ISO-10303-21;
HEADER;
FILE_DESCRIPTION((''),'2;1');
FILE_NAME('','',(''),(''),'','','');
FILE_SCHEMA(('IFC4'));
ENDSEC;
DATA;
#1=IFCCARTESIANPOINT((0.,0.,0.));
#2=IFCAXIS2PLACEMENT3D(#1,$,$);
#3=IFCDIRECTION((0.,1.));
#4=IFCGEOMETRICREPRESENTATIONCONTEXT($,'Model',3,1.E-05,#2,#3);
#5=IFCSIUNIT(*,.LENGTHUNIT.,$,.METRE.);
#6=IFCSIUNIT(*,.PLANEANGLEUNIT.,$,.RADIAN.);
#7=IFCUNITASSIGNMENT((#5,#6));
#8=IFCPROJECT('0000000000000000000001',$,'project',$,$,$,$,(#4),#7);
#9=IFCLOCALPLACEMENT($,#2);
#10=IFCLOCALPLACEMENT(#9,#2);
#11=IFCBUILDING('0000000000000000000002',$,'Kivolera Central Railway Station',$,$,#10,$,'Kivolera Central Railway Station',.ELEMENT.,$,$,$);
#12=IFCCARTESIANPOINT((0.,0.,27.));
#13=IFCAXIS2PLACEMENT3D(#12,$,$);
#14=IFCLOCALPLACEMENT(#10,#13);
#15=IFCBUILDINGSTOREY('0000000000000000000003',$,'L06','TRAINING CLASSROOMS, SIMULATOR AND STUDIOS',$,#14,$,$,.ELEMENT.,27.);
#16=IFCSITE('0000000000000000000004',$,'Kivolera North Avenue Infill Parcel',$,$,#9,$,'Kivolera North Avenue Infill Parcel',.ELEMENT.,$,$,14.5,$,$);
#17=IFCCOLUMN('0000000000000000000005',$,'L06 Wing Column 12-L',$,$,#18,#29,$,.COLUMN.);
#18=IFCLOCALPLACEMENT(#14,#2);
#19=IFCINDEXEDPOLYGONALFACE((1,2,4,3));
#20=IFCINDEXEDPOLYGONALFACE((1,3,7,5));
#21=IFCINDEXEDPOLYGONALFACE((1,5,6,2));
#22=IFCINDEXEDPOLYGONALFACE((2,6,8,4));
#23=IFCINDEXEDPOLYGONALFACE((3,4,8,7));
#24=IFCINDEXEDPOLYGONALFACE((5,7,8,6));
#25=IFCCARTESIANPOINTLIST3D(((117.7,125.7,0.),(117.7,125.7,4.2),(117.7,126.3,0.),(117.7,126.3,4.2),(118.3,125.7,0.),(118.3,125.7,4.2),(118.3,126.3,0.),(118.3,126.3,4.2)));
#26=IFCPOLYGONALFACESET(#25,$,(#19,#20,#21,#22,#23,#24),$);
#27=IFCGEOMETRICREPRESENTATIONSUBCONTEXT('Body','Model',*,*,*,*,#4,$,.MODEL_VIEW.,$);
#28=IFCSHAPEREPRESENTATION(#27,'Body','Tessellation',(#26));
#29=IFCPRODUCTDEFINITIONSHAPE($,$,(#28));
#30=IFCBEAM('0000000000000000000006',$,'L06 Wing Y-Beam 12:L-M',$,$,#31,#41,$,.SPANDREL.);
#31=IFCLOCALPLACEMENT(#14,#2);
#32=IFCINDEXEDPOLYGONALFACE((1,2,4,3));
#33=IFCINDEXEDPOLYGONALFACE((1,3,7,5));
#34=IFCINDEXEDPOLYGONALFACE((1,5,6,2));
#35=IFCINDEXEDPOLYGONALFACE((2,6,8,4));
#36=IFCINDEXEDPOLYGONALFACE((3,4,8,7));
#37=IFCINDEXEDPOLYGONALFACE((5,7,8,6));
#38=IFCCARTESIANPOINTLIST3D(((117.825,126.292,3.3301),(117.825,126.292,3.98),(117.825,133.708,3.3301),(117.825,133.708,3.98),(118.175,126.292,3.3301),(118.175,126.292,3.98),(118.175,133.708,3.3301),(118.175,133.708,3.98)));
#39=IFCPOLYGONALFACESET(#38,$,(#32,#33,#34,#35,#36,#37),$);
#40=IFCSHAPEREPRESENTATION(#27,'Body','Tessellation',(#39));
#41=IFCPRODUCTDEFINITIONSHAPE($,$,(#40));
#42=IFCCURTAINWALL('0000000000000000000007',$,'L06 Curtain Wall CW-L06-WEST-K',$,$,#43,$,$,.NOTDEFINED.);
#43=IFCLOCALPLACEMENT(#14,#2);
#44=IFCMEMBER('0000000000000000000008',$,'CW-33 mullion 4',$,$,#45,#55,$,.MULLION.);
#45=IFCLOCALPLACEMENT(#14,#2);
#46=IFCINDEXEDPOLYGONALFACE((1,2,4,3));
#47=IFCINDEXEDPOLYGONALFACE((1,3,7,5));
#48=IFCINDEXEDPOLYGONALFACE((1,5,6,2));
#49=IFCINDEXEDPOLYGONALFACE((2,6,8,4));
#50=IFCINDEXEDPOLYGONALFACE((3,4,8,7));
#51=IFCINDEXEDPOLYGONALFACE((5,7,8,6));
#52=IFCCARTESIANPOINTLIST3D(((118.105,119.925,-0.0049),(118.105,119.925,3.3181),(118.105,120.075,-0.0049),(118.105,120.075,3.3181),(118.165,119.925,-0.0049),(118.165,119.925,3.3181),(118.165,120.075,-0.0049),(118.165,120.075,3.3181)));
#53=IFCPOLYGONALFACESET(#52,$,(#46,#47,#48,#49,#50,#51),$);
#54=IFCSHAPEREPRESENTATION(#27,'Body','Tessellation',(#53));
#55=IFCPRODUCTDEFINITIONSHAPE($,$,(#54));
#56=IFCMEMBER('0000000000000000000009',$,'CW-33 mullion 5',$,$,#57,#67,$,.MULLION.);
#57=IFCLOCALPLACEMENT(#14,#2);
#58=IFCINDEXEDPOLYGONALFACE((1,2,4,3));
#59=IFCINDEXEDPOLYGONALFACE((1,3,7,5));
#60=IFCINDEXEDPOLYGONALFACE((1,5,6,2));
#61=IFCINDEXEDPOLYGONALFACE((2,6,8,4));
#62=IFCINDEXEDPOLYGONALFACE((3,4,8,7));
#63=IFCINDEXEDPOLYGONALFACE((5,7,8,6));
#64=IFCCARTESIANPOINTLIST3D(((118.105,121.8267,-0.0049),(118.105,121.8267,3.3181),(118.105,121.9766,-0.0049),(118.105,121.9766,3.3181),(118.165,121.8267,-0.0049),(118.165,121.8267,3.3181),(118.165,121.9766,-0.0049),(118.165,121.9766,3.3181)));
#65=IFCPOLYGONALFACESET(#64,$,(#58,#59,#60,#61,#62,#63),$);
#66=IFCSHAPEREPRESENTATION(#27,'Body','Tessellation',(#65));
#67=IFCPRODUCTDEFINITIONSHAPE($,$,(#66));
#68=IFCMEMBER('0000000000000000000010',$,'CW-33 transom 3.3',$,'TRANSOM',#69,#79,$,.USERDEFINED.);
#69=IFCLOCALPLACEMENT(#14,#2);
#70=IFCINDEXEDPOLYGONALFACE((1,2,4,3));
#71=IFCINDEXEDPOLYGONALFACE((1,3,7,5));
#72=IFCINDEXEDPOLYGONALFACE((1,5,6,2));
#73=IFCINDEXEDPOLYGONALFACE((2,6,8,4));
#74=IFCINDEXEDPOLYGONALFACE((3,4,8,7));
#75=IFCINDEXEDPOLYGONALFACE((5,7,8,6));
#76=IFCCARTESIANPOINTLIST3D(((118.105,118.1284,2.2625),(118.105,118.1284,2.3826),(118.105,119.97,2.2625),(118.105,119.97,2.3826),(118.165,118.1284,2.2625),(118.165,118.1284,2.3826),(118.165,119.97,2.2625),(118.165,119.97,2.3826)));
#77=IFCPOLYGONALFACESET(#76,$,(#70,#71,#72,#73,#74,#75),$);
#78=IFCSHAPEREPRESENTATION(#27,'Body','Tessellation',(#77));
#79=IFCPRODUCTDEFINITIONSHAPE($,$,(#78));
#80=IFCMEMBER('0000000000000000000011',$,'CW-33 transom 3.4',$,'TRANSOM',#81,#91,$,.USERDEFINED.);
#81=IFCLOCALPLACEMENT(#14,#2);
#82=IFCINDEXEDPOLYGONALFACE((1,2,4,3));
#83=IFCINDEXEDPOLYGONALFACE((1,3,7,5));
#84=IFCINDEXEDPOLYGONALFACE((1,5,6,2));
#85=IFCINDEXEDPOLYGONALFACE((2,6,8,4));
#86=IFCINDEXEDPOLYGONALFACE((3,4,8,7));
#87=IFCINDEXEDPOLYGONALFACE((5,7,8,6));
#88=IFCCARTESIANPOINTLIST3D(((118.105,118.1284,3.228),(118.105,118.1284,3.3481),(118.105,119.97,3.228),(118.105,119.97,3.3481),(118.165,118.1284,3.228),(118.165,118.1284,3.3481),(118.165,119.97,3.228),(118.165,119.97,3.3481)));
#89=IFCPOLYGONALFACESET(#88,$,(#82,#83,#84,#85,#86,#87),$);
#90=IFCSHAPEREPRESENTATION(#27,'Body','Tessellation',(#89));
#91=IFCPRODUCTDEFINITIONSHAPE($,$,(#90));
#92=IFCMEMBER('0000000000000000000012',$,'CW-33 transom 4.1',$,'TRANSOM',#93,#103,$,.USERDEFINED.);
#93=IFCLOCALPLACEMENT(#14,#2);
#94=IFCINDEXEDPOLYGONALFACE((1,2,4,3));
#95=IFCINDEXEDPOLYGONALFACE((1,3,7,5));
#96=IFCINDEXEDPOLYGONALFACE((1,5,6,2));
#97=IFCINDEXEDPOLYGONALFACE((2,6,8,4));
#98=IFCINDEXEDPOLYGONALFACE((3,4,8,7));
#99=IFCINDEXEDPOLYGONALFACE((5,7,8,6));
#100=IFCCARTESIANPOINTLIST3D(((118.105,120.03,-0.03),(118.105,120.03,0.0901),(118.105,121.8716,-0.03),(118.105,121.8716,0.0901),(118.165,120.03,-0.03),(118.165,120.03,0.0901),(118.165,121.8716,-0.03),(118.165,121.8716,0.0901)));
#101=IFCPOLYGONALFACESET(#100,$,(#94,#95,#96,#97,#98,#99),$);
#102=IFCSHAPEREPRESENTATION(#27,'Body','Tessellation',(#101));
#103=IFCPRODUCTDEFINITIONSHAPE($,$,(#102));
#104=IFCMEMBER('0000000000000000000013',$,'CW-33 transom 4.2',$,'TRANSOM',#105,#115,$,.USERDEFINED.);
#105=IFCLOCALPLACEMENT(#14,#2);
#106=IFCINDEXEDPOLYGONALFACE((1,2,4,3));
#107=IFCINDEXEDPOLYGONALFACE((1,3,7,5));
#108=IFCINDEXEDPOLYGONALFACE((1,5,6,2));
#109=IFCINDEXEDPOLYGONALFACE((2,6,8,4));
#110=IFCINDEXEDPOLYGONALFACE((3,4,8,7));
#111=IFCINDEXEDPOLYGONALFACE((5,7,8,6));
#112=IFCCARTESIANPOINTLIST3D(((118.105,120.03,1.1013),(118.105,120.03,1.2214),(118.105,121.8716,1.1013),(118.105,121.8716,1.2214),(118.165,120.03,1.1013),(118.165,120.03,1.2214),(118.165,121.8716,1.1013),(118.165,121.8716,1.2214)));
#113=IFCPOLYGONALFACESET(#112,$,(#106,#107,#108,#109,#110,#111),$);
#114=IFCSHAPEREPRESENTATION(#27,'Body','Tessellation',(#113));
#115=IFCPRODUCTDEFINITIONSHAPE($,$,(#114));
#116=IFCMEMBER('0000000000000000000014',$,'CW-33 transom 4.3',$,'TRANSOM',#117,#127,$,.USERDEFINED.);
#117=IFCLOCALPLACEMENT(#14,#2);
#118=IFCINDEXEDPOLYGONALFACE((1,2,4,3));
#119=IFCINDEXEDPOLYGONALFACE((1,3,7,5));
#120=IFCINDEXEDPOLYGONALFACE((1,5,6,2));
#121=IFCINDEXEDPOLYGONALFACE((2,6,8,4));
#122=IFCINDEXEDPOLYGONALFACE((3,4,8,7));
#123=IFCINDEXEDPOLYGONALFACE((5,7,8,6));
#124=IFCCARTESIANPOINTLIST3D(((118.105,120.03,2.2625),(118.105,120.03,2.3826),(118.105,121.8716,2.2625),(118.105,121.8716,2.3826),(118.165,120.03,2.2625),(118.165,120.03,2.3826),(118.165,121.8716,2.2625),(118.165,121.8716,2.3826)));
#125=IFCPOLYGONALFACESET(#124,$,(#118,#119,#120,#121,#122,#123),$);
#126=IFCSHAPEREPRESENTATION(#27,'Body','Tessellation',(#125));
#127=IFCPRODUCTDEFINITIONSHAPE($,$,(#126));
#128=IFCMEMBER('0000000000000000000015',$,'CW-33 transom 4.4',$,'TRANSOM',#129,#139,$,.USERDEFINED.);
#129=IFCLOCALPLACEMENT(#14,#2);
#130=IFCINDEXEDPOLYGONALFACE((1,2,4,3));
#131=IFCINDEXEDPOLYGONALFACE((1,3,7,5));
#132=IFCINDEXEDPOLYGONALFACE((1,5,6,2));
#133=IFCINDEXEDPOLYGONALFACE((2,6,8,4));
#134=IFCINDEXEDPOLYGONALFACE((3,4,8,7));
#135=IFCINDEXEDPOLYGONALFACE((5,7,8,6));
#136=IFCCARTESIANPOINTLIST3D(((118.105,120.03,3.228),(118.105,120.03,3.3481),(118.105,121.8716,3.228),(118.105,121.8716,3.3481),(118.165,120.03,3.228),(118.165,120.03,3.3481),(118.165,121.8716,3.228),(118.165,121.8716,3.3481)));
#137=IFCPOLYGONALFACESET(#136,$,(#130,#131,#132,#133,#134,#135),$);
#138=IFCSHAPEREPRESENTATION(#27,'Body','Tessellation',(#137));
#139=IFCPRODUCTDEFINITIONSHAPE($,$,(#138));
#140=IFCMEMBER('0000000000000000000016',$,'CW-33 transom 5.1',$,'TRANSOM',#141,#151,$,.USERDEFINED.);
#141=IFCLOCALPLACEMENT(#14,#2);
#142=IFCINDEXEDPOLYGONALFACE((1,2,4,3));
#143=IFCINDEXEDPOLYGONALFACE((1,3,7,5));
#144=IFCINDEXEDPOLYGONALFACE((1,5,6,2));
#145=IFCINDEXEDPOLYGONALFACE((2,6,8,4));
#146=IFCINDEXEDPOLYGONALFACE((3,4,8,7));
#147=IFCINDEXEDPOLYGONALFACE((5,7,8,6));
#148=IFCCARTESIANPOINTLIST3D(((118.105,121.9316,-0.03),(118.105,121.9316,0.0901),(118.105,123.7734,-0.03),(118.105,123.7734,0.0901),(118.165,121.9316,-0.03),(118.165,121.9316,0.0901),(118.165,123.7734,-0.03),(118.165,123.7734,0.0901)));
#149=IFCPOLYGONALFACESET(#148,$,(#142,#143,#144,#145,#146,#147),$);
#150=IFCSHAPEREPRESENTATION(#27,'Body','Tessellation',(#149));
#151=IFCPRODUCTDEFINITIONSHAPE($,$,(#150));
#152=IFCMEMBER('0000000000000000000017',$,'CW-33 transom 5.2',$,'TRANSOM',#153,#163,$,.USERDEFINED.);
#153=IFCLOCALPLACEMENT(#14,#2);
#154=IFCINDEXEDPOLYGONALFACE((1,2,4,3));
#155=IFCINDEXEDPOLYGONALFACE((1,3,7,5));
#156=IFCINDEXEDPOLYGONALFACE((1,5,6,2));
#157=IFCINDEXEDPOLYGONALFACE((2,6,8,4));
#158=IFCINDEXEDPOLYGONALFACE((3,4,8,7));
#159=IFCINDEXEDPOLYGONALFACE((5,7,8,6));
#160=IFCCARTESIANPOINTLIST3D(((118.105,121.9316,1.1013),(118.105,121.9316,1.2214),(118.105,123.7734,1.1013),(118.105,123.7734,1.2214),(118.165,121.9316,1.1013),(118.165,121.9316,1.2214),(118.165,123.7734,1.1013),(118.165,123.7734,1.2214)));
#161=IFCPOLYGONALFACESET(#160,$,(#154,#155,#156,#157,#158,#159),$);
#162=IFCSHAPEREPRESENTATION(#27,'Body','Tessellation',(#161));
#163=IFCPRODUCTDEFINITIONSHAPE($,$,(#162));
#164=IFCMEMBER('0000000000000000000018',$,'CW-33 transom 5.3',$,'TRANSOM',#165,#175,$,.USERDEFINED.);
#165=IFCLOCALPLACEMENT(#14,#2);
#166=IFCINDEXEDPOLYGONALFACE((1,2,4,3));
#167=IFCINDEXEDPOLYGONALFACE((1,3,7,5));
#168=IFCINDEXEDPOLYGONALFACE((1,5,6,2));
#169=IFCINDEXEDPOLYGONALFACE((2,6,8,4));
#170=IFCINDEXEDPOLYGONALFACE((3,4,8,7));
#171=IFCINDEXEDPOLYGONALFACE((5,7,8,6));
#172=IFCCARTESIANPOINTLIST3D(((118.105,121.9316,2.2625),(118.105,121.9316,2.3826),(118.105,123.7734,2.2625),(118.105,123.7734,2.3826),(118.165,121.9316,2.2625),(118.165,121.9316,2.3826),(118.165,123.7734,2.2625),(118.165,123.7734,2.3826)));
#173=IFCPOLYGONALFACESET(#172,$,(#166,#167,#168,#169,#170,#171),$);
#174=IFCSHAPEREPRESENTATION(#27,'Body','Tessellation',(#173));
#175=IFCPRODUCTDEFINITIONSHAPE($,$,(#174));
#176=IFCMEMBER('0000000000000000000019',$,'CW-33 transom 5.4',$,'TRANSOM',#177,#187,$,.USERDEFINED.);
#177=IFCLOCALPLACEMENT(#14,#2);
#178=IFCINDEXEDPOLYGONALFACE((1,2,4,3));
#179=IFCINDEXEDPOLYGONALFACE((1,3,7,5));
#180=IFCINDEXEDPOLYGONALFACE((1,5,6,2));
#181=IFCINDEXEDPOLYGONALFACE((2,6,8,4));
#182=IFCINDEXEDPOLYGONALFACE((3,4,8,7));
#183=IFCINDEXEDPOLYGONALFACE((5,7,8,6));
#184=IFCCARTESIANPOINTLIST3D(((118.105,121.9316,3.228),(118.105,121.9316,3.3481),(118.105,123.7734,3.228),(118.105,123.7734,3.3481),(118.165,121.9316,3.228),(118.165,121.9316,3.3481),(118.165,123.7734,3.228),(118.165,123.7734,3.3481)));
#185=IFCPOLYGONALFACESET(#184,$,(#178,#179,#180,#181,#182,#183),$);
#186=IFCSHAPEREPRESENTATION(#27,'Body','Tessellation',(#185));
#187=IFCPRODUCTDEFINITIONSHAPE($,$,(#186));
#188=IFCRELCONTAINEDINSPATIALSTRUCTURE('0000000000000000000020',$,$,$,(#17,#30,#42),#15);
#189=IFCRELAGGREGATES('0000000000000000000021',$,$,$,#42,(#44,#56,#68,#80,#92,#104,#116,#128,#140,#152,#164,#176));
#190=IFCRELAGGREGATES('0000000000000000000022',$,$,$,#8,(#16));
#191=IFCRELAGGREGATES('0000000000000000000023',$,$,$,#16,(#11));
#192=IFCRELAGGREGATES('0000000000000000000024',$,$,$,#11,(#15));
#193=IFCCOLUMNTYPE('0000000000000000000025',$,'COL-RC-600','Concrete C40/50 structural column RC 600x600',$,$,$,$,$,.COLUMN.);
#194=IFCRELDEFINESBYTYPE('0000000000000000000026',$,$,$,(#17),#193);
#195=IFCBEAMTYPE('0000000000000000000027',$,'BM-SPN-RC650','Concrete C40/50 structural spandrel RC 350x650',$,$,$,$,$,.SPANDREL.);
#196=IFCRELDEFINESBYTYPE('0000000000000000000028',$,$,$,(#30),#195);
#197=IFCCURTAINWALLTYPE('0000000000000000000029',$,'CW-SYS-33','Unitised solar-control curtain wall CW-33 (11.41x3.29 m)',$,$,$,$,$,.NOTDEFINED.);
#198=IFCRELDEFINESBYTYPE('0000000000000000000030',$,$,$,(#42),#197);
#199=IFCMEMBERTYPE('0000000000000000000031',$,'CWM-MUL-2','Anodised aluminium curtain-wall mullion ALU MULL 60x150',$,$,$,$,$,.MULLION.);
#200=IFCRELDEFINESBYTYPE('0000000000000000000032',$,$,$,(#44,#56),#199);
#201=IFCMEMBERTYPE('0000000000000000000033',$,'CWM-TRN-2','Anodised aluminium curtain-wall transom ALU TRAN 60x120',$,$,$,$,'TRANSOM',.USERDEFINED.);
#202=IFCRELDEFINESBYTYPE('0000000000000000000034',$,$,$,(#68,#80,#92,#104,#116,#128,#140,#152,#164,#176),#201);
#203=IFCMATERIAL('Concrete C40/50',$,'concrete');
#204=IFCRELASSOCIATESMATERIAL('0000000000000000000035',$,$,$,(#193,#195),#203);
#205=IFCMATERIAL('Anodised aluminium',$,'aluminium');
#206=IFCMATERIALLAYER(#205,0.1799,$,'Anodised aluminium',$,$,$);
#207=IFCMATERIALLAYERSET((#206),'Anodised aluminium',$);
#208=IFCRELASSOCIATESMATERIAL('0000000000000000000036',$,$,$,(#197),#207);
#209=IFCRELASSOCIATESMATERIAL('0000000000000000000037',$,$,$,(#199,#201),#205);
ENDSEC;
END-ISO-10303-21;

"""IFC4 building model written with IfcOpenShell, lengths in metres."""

from ifc_helpers import new_model, si_unit, direction, frame, origin, origin_2d, place, context, subcontext, project, spatial, rectangle, extrude, material, layer, layer_set, material_profile, profile_set, type_object, element, aggregate, save


model = new_model("IFC4")

# Units and contexts
model_context = context("Model", 3, precision=1e-05, world=origin(), true_north=direction((0.0, 1.0)))
body_context = subcontext(model_context, "Body", "Model", "MODEL_VIEW")
ifc_project = project(units=[si_unit("LENGTHUNIT", "METRE"), si_unit("PLANEANGLEUNIT", "RADIAN")], contexts=[model_context])

# Site, building, storey
site_placement = place(None, origin())
site = spatial("IfcSite", under=ifc_project, at=site_placement, Name="Kivolera North Avenue Infill Parcel", LongName="Kivolera North Avenue Infill Parcel", CompositionType="ELEMENT", RefElevation=14.5)
building_placement = place(site_placement, origin())
building = spatial("IfcBuilding", under=site, at=building_placement, Name="Kivolera Central Railway Station", LongName="Kivolera Central Railway Station", CompositionType="ELEMENT")
storey_placement = place(building_placement, frame((0.0, 0.0, 27.0)))
storey = spatial("IfcBuildingStorey", under=building, at=storey_placement, Name="L06", Description="TRAINING CLASSROOMS, SIMULATOR AND STUDIOS", CompositionType="ELEMENT", Elevation=27.0)

# Column
ifc_material_1 = material(Name="Concrete C40/50", Category="concrete")
ifc_material_profile_1 = material_profile(ifc_material_1, rectangle(XDim=0.6001, YDim=0.6001, at=origin_2d()), Name="RC 600x600")
ifc_profile_set_1 = profile_set([ifc_material_profile_1], Name="Concrete C40/50")
column_type = type_object("IfcColumnType", Name="COL-RC-600", Description="Concrete C40/50 structural column RC 600x600", PredefinedType="COLUMN", material=ifc_profile_set_1)
column_placement = place(storey_placement, frame((118.0, 126.0, 0.0), z_axis=(0.0, 0.0, 1.0), x_axis=(1.0, 0.0, 0.0)))
element("IfcColumn", 1, at=column_placement, inside=storey, type_object=column_type, Name="L06 Wing Column 12-L", PredefinedType="COLUMN", context=body_context, shape_type="SweptSolid", body=[
    extrude(rectangle(XDim=0.6001, YDim=0.6001, at=origin_2d()), origin(), (0.0, 0.0, 1.0), 4.2),
])

# Beam
ifc_material_profile_2 = material_profile(ifc_material_1, rectangle(XDim=0.3501, YDim=0.6499, at=origin_2d()), Name="RC 350x650")
ifc_profile_set_2 = profile_set([ifc_material_profile_2], Name="Concrete C40/50")
beam_type = type_object("IfcBeamType", Name="BM-SPN-RC650", Description="Concrete C40/50 structural spandrel RC 350x650", PredefinedType="SPANDREL", material=ifc_profile_set_2)
beam_placement = place(storey_placement, frame((118.0, 126.292, 3.655), z_axis=(0.0, 1.0, 0.0), x_axis=(-1.0, 0.0, 0.0)))
element("IfcBeam", 2, at=beam_placement, inside=storey, type_object=beam_type, Name="L06 Wing Y-Beam 12:L-M", PredefinedType="SPANDREL", context=body_context, shape_type="SweptSolid", body=[
    extrude(rectangle(XDim=0.3501, YDim=0.6499, at=origin_2d()), origin(), (0.0, 0.0, 1.0), 7.416),
])

# Curtain wall, members
ifc_material_2 = material(Name="Anodised aluminium", Category="aluminium")
ifc_layer_1 = layer(ifc_material_2, 0.1799, Name="Anodised aluminium")
ifc_layer_set_1 = layer_set([ifc_layer_1], Name="Anodised aluminium")
curtain_wall_type = type_object("IfcCurtainWallType", Name="CW-SYS-33", Description="Unitised solar-control curtain wall CW-33 (11.41x3.29 m)", PredefinedType="NOTDEFINED", material=ifc_layer_set_1)
curtain_wall_placement = place(storey_placement, origin())
curtain_wall = element("IfcCurtainWall", 3, at=curtain_wall_placement, inside=storey, type_object=curtain_wall_type, Name="L06 Curtain Wall CW-L06-WEST-K", PredefinedType="NOTDEFINED")
ifc_material_profile_3 = material_profile(ifc_material_2, rectangle(XDim=0.0601, YDim=0.1499, at=origin_2d()), Name="ALU MULL 60x150")
ifc_profile_set_3 = profile_set([ifc_material_profile_3], Name="Anodised aluminium")
member_type_1 = type_object("IfcMemberType", Name="CWM-MUL-2", Description="Anodised aluminium curtain-wall mullion ALU MULL 60x150", PredefinedType="MULLION", material=ifc_profile_set_3)
member_1_placement = place(storey_placement, frame((118.135, 120.0, -0.0049), z_axis=(0.0, 0.0, 1.0), x_axis=(-1.0, 0.0, 0.0)))
member_1 = element("IfcMember", 4, at=member_1_placement, type_object=member_type_1, Name="CW-33 mullion 4", PredefinedType="MULLION", context=body_context, shape_type="SweptSolid", body=[
    extrude(rectangle(XDim=0.0601, YDim=0.1499, at=origin_2d()), origin(), (0.0, 0.0, 1.0), 3.323),
])
member_2_placement = place(storey_placement, frame((118.135, 121.9016, -0.0049), z_axis=(0.0, 0.0, 1.0), x_axis=(-1.0, 0.0, 0.0)))
member_2 = element("IfcMember", 5, at=member_2_placement, type_object=member_type_1, Name="CW-33 mullion 5", PredefinedType="MULLION", context=body_context, shape_type="SweptSolid", body=[
    extrude(rectangle(XDim=0.0601, YDim=0.1499, at=origin_2d()), origin(), (0.0, 0.0, 1.0), 3.323),
])
ifc_material_profile_4 = material_profile(ifc_material_2, rectangle(XDim=0.0601, YDim=0.1201, at=origin_2d()), Name="ALU TRAN 60x120")
ifc_profile_set_4 = profile_set([ifc_material_profile_4], Name="Anodised aluminium")
member_type_2 = type_object("IfcMemberType", Name="CWM-TRN-2", Description="Anodised aluminium curtain-wall transom ALU TRAN 60x120", ElementType="TRANSOM", PredefinedType="USERDEFINED", material=ifc_profile_set_4)
member_3_placement = place(storey_placement, frame((118.135, 118.1284, 2.3225), z_axis=(0.0, 1.0, 0.0), x_axis=(-1.0, 0.0, 0.0)))
member_3 = element("IfcMember", 6, at=member_3_placement, type_object=member_type_2, Name="CW-33 transom 3.3", ObjectType="TRANSOM", PredefinedType="USERDEFINED", context=body_context, shape_type="SweptSolid", body=[
    extrude(rectangle(XDim=0.0601, YDim=0.1201, at=origin_2d()), origin(), (0.0, 0.0, 1.0), 1.8416),
])
member_4_placement = place(storey_placement, frame((118.135, 118.1284, 3.2881), z_axis=(0.0, 1.0, 0.0), x_axis=(-1.0, 0.0, 0.0)))
member_4 = element("IfcMember", 7, at=member_4_placement, type_object=member_type_2, Name="CW-33 transom 3.4", ObjectType="TRANSOM", PredefinedType="USERDEFINED", context=body_context, shape_type="SweptSolid", body=[
    extrude(rectangle(XDim=0.0601, YDim=0.1201, at=origin_2d()), origin(), (0.0, 0.0, 1.0), 1.8416),
])
member_5_placement = place(storey_placement, frame((118.135, 120.03, 0.03), z_axis=(0.0, 1.0, 0.0), x_axis=(-1.0, 0.0, 0.0)))
member_5 = element("IfcMember", 8, at=member_5_placement, type_object=member_type_2, Name="CW-33 transom 4.1", ObjectType="TRANSOM", PredefinedType="USERDEFINED", context=body_context, shape_type="SweptSolid", body=[
    extrude(rectangle(XDim=0.0601, YDim=0.1201, at=origin_2d()), origin(), (0.0, 0.0, 1.0), 1.8416),
])
member_6_placement = place(storey_placement, frame((118.135, 120.03, 1.1614), z_axis=(0.0, 1.0, 0.0), x_axis=(-1.0, 0.0, 0.0)))
member_6 = element("IfcMember", 9, at=member_6_placement, type_object=member_type_2, Name="CW-33 transom 4.2", ObjectType="TRANSOM", PredefinedType="USERDEFINED", context=body_context, shape_type="SweptSolid", body=[
    extrude(rectangle(XDim=0.0601, YDim=0.1201, at=origin_2d()), origin(), (0.0, 0.0, 1.0), 1.8416),
])
member_7_placement = place(storey_placement, frame((118.135, 120.03, 2.3225), z_axis=(0.0, 1.0, 0.0), x_axis=(-1.0, 0.0, 0.0)))
member_7 = element("IfcMember", 10, at=member_7_placement, type_object=member_type_2, Name="CW-33 transom 4.3", ObjectType="TRANSOM", PredefinedType="USERDEFINED", context=body_context, shape_type="SweptSolid", body=[
    extrude(rectangle(XDim=0.0601, YDim=0.1201, at=origin_2d()), origin(), (0.0, 0.0, 1.0), 1.8416),
])
member_8_placement = place(storey_placement, frame((118.135, 120.03, 3.2881), z_axis=(0.0, 1.0, 0.0), x_axis=(-1.0, 0.0, 0.0)))
member_8 = element("IfcMember", 11, at=member_8_placement, type_object=member_type_2, Name="CW-33 transom 4.4", ObjectType="TRANSOM", PredefinedType="USERDEFINED", context=body_context, shape_type="SweptSolid", body=[
    extrude(rectangle(XDim=0.0601, YDim=0.1201, at=origin_2d()), origin(), (0.0, 0.0, 1.0), 1.8416),
])
member_9_placement = place(storey_placement, frame((118.135, 121.9316, 0.03), z_axis=(0.0, 1.0, 0.0), x_axis=(-1.0, 0.0, 0.0)))
member_9 = element("IfcMember", 12, at=member_9_placement, type_object=member_type_2, Name="CW-33 transom 5.1", ObjectType="TRANSOM", PredefinedType="USERDEFINED", context=body_context, shape_type="SweptSolid", body=[
    extrude(rectangle(XDim=0.0601, YDim=0.1201, at=origin_2d()), origin(), (0.0, 0.0, 1.0), 1.8418),
])
member_10_placement = place(storey_placement, frame((118.135, 121.9316, 1.1614), z_axis=(0.0, 1.0, 0.0), x_axis=(-1.0, 0.0, 0.0)))
member_10 = element("IfcMember", 13, at=member_10_placement, type_object=member_type_2, Name="CW-33 transom 5.2", ObjectType="TRANSOM", PredefinedType="USERDEFINED", context=body_context, shape_type="SweptSolid", body=[
    extrude(rectangle(XDim=0.0601, YDim=0.1201, at=origin_2d()), origin(), (0.0, 0.0, 1.0), 1.8418),
])
member_11_placement = place(storey_placement, frame((118.135, 121.9316, 2.3225), z_axis=(0.0, 1.0, 0.0), x_axis=(-1.0, 0.0, 0.0)))
member_11 = element("IfcMember", 14, at=member_11_placement, type_object=member_type_2, Name="CW-33 transom 5.3", ObjectType="TRANSOM", PredefinedType="USERDEFINED", context=body_context, shape_type="SweptSolid", body=[
    extrude(rectangle(XDim=0.0601, YDim=0.1201, at=origin_2d()), origin(), (0.0, 0.0, 1.0), 1.8418),
])
member_12_placement = place(storey_placement, frame((118.135, 121.9316, 3.2881), z_axis=(0.0, 1.0, 0.0), x_axis=(-1.0, 0.0, 0.0)))
member_12 = element("IfcMember", 15, at=member_12_placement, type_object=member_type_2, Name="CW-33 transom 5.4", ObjectType="TRANSOM", PredefinedType="USERDEFINED", context=body_context, shape_type="SweptSolid", body=[
    extrude(rectangle(XDim=0.0601, YDim=0.1201, at=origin_2d()), origin(), (0.0, 0.0, 1.0), 1.8418),
])
aggregate(curtain_wall, [member_1, member_2, member_3, member_4, member_5, member_6, member_7, member_8, member_9, member_10, member_11, member_12])

save(model, "model.ifc")
